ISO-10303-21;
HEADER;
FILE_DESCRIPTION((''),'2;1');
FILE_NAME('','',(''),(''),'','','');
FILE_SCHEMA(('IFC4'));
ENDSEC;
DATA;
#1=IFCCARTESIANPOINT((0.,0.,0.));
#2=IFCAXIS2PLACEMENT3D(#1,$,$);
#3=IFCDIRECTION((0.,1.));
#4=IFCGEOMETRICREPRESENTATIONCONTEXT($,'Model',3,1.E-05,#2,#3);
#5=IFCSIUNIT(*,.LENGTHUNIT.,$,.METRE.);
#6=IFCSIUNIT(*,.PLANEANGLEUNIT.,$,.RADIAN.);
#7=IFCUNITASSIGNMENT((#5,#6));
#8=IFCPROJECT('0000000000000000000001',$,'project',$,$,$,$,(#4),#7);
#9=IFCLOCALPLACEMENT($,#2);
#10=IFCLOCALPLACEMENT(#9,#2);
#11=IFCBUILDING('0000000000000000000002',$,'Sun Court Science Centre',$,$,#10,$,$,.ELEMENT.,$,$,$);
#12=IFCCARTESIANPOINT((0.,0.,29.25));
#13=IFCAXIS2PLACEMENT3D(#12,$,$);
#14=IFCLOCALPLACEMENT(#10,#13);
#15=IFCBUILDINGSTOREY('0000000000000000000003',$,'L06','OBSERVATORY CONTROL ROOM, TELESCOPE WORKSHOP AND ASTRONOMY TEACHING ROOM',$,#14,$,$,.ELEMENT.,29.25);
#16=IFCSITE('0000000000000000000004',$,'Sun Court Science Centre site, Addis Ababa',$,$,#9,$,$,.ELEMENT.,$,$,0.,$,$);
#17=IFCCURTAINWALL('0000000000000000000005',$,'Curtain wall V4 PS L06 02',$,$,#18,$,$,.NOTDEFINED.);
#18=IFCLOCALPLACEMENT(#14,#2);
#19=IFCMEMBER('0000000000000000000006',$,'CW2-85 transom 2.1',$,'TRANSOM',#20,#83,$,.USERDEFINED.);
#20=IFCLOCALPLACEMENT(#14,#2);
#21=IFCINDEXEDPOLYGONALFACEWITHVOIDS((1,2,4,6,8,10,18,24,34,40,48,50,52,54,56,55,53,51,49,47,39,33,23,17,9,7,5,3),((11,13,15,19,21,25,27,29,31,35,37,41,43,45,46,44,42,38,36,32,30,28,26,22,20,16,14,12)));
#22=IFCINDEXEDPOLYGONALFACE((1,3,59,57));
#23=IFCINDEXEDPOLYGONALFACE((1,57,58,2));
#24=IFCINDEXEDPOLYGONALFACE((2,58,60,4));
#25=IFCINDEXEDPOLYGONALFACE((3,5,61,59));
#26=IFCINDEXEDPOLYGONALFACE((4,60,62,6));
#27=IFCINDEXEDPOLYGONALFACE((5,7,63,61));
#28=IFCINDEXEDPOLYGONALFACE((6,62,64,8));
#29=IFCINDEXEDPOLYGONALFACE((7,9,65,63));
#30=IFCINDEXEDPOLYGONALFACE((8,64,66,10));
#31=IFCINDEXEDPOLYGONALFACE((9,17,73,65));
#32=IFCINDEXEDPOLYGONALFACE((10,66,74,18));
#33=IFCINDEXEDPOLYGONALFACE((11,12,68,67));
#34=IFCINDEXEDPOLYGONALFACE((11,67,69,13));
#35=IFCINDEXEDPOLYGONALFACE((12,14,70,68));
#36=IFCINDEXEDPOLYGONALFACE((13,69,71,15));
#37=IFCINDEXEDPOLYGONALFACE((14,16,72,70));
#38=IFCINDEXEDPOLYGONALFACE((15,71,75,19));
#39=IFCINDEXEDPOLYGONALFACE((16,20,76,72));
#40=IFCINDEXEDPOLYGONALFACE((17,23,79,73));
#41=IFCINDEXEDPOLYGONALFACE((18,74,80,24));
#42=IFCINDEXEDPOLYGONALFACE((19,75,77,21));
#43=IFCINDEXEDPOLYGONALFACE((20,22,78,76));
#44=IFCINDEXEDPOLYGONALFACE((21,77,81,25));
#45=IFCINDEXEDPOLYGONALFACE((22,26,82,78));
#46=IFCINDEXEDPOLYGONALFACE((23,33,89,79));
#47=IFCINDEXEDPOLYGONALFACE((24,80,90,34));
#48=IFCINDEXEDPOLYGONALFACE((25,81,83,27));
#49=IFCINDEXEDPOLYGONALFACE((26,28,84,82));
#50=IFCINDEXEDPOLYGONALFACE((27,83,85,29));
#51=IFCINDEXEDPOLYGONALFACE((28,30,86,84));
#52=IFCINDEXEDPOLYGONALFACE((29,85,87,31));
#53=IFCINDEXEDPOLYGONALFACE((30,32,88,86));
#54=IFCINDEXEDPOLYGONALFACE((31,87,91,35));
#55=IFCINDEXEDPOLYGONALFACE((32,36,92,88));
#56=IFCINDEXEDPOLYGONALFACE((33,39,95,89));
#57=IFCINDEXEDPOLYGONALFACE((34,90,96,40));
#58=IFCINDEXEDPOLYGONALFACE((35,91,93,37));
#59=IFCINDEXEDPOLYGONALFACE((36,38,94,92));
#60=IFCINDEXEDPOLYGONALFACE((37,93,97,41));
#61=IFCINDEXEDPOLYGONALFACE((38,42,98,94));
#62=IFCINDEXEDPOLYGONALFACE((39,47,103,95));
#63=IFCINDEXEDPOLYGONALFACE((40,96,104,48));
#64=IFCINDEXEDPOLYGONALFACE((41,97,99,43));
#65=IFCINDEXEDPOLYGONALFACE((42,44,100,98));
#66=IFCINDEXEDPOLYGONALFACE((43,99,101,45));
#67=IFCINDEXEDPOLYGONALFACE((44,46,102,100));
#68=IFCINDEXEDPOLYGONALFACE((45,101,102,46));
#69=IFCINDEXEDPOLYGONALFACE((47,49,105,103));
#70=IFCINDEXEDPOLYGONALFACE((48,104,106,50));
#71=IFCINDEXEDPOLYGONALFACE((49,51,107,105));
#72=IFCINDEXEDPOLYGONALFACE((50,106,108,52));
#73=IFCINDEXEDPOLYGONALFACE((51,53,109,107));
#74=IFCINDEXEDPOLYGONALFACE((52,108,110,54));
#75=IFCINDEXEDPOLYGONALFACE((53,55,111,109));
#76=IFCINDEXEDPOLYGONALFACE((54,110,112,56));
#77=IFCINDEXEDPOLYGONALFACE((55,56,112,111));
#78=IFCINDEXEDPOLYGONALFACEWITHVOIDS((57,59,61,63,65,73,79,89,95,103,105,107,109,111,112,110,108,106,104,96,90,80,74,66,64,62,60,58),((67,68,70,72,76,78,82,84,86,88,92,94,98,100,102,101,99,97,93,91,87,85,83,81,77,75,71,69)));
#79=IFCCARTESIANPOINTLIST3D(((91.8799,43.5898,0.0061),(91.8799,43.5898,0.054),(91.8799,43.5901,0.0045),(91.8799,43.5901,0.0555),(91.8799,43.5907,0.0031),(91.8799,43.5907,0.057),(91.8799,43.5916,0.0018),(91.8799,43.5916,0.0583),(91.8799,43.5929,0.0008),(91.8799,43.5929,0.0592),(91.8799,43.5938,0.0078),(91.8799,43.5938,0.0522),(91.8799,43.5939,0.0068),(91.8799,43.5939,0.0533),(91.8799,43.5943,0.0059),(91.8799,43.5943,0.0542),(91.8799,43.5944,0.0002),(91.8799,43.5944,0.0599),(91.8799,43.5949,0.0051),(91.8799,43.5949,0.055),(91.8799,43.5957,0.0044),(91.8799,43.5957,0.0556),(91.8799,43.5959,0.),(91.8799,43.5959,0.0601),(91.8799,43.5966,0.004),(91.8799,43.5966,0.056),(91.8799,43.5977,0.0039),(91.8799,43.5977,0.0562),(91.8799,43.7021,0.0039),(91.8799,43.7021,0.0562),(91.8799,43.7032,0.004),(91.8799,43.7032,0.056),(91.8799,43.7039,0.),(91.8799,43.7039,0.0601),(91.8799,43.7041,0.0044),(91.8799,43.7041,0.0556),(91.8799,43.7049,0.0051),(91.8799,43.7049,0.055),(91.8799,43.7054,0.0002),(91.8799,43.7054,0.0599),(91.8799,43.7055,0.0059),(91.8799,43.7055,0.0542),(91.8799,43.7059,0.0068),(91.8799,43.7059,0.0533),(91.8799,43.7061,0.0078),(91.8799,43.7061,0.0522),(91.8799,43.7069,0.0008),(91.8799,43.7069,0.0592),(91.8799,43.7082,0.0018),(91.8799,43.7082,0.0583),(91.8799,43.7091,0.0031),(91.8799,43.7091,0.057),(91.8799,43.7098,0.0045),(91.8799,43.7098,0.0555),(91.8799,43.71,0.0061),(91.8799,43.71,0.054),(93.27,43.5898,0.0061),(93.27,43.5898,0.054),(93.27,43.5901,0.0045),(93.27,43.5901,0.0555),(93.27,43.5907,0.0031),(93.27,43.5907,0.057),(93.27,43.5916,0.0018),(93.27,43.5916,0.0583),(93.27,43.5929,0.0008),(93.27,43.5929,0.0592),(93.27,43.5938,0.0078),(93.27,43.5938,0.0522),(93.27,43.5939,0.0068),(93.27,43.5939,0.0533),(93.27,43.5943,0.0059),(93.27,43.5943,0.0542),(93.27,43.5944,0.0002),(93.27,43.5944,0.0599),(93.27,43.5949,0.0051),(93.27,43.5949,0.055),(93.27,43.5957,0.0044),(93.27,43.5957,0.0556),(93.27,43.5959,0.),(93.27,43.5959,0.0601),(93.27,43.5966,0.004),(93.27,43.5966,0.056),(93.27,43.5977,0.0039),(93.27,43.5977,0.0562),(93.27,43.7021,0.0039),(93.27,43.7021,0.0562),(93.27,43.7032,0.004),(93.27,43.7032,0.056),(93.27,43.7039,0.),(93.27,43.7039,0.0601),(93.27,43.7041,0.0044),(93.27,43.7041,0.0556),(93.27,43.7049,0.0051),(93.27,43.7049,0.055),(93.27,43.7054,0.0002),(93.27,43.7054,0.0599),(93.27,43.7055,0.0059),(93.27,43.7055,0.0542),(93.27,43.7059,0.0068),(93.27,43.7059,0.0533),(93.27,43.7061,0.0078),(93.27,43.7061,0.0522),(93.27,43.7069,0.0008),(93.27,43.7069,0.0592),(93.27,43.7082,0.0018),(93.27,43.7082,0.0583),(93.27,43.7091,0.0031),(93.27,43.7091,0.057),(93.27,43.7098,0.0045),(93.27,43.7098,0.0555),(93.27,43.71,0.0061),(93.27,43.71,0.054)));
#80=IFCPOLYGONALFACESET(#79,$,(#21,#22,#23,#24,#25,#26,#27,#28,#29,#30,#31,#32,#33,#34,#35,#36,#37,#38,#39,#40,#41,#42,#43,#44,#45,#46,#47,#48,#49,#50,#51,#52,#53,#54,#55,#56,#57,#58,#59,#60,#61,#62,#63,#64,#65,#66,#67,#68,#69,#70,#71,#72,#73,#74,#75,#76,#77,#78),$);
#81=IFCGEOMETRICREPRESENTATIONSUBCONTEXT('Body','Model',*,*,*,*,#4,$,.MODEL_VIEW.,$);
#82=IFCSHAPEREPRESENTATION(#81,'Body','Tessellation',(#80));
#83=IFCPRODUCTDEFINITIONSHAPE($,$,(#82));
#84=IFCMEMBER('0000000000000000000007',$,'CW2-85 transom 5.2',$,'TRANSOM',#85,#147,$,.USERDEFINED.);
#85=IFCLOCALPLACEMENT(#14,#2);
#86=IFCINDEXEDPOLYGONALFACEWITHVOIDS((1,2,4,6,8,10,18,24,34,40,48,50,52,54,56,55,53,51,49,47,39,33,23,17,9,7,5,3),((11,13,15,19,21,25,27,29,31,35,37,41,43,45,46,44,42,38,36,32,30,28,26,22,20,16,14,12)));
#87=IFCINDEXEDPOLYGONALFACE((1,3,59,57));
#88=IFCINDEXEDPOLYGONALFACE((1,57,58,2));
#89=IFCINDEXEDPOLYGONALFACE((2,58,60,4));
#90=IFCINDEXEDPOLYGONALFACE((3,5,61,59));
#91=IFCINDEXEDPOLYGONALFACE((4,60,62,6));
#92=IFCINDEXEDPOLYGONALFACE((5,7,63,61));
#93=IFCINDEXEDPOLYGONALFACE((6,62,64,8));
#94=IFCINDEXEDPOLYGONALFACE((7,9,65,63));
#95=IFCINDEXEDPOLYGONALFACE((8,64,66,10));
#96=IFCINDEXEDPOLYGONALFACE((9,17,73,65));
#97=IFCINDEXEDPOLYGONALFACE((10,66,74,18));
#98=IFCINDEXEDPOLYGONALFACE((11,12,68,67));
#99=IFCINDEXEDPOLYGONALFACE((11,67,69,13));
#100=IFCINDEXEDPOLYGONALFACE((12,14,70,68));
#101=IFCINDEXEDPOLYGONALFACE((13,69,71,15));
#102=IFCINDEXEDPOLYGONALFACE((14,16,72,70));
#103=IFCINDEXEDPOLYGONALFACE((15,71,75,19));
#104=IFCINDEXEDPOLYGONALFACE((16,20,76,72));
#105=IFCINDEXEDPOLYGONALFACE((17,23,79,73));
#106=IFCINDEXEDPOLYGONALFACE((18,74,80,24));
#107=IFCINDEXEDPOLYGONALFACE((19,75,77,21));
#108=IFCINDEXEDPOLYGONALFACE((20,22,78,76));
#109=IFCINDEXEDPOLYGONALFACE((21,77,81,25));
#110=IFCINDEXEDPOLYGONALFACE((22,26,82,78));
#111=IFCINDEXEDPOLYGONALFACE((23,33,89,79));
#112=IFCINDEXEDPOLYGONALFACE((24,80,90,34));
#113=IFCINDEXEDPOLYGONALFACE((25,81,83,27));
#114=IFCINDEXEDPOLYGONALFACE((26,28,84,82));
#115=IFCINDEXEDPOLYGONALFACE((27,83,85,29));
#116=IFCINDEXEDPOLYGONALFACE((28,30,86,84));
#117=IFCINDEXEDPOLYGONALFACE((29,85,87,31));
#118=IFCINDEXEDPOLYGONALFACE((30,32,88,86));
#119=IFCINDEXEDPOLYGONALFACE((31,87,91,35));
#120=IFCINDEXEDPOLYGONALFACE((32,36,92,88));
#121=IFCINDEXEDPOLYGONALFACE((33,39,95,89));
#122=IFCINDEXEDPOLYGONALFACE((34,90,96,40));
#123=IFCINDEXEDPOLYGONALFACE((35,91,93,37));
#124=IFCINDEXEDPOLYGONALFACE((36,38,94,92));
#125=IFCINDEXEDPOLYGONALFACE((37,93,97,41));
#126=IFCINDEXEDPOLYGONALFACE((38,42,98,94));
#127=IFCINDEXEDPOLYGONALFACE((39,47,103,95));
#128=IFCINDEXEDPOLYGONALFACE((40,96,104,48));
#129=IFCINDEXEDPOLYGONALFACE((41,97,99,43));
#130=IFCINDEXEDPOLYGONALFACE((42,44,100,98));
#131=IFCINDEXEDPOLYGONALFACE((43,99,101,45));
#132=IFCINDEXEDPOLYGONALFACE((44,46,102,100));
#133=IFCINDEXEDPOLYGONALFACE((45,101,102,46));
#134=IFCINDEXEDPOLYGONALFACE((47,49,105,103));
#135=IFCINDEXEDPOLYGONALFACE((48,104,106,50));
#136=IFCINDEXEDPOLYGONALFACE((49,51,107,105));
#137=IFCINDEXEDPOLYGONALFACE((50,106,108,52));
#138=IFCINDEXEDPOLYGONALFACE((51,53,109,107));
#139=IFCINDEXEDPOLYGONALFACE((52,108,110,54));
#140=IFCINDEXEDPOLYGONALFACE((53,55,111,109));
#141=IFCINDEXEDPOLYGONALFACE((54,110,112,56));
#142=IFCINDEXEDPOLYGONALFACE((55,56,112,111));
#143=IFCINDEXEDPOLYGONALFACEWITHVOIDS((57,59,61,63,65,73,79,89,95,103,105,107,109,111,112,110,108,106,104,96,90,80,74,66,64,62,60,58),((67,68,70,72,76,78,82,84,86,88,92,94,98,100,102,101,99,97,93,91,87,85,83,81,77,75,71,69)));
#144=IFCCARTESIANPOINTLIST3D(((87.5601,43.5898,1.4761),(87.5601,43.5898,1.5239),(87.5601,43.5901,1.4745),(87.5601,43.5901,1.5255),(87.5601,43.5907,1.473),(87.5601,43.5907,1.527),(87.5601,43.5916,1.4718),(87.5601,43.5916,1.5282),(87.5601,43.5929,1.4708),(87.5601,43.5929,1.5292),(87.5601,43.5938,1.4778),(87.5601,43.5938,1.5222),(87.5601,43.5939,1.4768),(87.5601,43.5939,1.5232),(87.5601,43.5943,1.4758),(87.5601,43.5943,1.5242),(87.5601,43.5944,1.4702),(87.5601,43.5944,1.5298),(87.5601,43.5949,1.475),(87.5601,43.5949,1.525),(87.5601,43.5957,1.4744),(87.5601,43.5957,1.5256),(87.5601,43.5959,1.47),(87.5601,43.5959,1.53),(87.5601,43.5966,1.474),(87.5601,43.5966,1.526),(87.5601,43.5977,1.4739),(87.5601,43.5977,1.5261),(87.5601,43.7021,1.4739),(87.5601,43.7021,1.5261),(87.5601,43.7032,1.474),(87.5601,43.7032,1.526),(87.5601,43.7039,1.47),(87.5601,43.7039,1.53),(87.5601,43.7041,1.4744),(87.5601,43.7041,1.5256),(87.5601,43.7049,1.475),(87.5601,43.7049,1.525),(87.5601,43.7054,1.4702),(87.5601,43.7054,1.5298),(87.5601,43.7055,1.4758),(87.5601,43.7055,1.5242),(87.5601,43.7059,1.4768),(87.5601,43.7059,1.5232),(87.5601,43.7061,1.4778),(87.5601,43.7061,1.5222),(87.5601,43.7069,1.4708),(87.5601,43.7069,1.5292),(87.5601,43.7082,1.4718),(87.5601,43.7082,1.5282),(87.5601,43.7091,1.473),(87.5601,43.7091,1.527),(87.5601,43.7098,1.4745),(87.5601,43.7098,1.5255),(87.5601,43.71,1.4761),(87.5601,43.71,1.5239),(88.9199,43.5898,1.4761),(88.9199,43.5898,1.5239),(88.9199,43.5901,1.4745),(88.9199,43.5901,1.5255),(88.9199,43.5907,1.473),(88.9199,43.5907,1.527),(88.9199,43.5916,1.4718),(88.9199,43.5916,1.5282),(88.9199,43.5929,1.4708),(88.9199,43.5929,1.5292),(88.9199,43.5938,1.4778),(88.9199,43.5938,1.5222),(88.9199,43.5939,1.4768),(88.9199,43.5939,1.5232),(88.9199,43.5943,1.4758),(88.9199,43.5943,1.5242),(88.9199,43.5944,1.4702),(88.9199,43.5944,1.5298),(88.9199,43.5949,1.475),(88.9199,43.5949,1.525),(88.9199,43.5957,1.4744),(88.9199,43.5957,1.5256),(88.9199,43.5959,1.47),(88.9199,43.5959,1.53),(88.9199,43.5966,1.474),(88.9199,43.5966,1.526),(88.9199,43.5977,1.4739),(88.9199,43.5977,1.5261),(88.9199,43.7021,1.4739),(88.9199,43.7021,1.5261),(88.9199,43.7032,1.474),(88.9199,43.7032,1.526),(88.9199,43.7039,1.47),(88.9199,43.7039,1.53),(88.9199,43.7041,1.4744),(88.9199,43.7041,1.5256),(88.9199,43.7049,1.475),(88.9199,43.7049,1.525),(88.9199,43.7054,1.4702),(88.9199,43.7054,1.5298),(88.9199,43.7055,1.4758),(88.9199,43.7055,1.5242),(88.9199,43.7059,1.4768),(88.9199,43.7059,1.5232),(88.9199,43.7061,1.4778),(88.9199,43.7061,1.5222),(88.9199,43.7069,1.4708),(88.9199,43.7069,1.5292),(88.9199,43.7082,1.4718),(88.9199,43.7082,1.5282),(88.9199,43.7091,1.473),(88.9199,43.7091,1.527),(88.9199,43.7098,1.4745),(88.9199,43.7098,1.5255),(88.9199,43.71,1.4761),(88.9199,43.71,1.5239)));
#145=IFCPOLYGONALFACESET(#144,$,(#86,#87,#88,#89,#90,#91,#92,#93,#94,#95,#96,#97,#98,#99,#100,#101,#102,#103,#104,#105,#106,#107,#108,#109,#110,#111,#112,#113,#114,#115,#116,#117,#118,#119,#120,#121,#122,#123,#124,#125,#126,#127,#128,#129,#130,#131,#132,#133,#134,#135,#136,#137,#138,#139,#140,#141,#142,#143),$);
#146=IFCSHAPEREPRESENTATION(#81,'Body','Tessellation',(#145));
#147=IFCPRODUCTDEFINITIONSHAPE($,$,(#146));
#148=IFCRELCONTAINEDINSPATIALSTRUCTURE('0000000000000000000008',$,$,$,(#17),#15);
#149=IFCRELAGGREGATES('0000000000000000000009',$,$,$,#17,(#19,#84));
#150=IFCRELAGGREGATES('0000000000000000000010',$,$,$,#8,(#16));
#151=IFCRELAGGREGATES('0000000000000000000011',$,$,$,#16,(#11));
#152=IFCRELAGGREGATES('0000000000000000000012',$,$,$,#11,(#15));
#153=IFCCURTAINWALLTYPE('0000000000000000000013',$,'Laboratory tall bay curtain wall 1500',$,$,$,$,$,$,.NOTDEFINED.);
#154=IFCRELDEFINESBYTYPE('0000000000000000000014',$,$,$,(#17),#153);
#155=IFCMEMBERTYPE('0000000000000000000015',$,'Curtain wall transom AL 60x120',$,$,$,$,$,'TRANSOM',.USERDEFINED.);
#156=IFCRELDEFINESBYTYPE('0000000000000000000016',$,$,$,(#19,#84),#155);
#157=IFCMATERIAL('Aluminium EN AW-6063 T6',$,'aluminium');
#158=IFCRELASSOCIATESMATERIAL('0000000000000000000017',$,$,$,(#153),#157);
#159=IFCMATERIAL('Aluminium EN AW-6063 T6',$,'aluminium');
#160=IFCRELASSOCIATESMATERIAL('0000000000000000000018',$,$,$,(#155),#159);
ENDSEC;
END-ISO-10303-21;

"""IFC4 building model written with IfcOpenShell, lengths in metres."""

from ifc_helpers import new_model, si_unit, direction, frame, origin, origin_2d, place, context, subcontext, project, spatial, hollow_rectangle, extrude, material, material_profile, profile_set, type_object, element, aggregate, save


model = new_model("IFC4")

# Units and contexts
model_context = context("Model", 3, precision=1e-05, world=origin(), true_north=direction((0.0, 1.0)))
body_context = subcontext(model_context, "Body", "Model", "MODEL_VIEW")
ifc_project = project(units=[si_unit("LENGTHUNIT", "METRE"), si_unit("PLANEANGLEUNIT", "RADIAN")], contexts=[model_context])

# Site, building, storey
site_placement = place(None, origin())
site = spatial("IfcSite", under=ifc_project, at=site_placement, Name="Sun Court Science Centre site, Addis Ababa", CompositionType="ELEMENT", RefElevation=0.0)
building_placement = place(site_placement, origin())
building = spatial("IfcBuilding", under=site, at=building_placement, Name="Sun Court Science Centre", CompositionType="ELEMENT")
storey_placement = place(building_placement, frame((0.0, 0.0, 29.25)))
storey = spatial("IfcBuildingStorey", under=building, at=storey_placement, Name="L06", Description="OBSERVATORY CONTROL ROOM, TELESCOPE WORKSHOP AND ASTRONOMY TEACHING ROOM", CompositionType="ELEMENT", Elevation=29.25)

# Curtain wall, members
ifc_material_1 = material(Name="Aluminium EN AW-6063 T6", Category="aluminium")
curtain_wall_type = type_object("IfcCurtainWallType", Name="Laboratory tall bay curtain wall 1500", PredefinedType="NOTDEFINED", material=ifc_material_1)
curtain_wall_placement = place(storey_placement, origin())
curtain_wall = element("IfcCurtainWall", 1, at=curtain_wall_placement, inside=storey, type_object=curtain_wall_type, Name="Curtain wall V4 PS L06 02", PredefinedType="NOTDEFINED")
ifc_material_2 = material(Name="Aluminium EN AW-6063 T6", Category="aluminium")
ifc_material_profile_1 = material_profile(ifc_material_2, hollow_rectangle(XDim=0.0601, YDim=0.1201, WallThickness=0.0039, InnerFilletRadius=0.0039, OuterFilletRadius=0.0061, at=origin_2d()), Name="AL 60x120x4")
ifc_profile_set_1 = profile_set([ifc_material_profile_1], Name="Aluminium EN AW-6063 T6")
member_type_1 = type_object("IfcMemberType", Name="Curtain wall transom AL 60x120", ElementType="TRANSOM", PredefinedType="USERDEFINED", material=ifc_profile_set_1)
member_1_placement = place(storey_placement, frame((93.27, 43.6499, 0.03), z_axis=(-1.0, 0.0, 0.0), x_axis=(0.0, 0.0, 1.0)))
member_1 = element("IfcMember", 2, at=member_1_placement, type_object=member_type_1, Name="CW2-85 transom 2.1", ObjectType="TRANSOM", PredefinedType="USERDEFINED", context=body_context, shape_type="SweptSolid", body=[
    extrude(hollow_rectangle(XDim=0.0601, YDim=0.1201, WallThickness=0.0039, InnerFilletRadius=0.0039, OuterFilletRadius=0.0061, at=origin_2d()), origin(), (0.0, 0.0, 1.0), 1.3901),
])
member_2_placement = place(storey_placement, frame((88.9199, 43.6499, 1.5), z_axis=(-1.0, 0.0, 0.0), x_axis=(0.0, 0.0, 1.0)))
member_2 = element("IfcMember", 3, at=member_2_placement, type_object=member_type_1, Name="CW2-85 transom 5.2", ObjectType="TRANSOM", PredefinedType="USERDEFINED", context=body_context, shape_type="SweptSolid", body=[
    extrude(hollow_rectangle(XDim=0.0601, YDim=0.1201, WallThickness=0.0039, InnerFilletRadius=0.0039, OuterFilletRadius=0.0061, at=origin_2d()), origin(), (0.0, 0.0, 1.0), 1.3599),
])
aggregate(curtain_wall, [member_1, member_2])

save(model, "model.ifc")
